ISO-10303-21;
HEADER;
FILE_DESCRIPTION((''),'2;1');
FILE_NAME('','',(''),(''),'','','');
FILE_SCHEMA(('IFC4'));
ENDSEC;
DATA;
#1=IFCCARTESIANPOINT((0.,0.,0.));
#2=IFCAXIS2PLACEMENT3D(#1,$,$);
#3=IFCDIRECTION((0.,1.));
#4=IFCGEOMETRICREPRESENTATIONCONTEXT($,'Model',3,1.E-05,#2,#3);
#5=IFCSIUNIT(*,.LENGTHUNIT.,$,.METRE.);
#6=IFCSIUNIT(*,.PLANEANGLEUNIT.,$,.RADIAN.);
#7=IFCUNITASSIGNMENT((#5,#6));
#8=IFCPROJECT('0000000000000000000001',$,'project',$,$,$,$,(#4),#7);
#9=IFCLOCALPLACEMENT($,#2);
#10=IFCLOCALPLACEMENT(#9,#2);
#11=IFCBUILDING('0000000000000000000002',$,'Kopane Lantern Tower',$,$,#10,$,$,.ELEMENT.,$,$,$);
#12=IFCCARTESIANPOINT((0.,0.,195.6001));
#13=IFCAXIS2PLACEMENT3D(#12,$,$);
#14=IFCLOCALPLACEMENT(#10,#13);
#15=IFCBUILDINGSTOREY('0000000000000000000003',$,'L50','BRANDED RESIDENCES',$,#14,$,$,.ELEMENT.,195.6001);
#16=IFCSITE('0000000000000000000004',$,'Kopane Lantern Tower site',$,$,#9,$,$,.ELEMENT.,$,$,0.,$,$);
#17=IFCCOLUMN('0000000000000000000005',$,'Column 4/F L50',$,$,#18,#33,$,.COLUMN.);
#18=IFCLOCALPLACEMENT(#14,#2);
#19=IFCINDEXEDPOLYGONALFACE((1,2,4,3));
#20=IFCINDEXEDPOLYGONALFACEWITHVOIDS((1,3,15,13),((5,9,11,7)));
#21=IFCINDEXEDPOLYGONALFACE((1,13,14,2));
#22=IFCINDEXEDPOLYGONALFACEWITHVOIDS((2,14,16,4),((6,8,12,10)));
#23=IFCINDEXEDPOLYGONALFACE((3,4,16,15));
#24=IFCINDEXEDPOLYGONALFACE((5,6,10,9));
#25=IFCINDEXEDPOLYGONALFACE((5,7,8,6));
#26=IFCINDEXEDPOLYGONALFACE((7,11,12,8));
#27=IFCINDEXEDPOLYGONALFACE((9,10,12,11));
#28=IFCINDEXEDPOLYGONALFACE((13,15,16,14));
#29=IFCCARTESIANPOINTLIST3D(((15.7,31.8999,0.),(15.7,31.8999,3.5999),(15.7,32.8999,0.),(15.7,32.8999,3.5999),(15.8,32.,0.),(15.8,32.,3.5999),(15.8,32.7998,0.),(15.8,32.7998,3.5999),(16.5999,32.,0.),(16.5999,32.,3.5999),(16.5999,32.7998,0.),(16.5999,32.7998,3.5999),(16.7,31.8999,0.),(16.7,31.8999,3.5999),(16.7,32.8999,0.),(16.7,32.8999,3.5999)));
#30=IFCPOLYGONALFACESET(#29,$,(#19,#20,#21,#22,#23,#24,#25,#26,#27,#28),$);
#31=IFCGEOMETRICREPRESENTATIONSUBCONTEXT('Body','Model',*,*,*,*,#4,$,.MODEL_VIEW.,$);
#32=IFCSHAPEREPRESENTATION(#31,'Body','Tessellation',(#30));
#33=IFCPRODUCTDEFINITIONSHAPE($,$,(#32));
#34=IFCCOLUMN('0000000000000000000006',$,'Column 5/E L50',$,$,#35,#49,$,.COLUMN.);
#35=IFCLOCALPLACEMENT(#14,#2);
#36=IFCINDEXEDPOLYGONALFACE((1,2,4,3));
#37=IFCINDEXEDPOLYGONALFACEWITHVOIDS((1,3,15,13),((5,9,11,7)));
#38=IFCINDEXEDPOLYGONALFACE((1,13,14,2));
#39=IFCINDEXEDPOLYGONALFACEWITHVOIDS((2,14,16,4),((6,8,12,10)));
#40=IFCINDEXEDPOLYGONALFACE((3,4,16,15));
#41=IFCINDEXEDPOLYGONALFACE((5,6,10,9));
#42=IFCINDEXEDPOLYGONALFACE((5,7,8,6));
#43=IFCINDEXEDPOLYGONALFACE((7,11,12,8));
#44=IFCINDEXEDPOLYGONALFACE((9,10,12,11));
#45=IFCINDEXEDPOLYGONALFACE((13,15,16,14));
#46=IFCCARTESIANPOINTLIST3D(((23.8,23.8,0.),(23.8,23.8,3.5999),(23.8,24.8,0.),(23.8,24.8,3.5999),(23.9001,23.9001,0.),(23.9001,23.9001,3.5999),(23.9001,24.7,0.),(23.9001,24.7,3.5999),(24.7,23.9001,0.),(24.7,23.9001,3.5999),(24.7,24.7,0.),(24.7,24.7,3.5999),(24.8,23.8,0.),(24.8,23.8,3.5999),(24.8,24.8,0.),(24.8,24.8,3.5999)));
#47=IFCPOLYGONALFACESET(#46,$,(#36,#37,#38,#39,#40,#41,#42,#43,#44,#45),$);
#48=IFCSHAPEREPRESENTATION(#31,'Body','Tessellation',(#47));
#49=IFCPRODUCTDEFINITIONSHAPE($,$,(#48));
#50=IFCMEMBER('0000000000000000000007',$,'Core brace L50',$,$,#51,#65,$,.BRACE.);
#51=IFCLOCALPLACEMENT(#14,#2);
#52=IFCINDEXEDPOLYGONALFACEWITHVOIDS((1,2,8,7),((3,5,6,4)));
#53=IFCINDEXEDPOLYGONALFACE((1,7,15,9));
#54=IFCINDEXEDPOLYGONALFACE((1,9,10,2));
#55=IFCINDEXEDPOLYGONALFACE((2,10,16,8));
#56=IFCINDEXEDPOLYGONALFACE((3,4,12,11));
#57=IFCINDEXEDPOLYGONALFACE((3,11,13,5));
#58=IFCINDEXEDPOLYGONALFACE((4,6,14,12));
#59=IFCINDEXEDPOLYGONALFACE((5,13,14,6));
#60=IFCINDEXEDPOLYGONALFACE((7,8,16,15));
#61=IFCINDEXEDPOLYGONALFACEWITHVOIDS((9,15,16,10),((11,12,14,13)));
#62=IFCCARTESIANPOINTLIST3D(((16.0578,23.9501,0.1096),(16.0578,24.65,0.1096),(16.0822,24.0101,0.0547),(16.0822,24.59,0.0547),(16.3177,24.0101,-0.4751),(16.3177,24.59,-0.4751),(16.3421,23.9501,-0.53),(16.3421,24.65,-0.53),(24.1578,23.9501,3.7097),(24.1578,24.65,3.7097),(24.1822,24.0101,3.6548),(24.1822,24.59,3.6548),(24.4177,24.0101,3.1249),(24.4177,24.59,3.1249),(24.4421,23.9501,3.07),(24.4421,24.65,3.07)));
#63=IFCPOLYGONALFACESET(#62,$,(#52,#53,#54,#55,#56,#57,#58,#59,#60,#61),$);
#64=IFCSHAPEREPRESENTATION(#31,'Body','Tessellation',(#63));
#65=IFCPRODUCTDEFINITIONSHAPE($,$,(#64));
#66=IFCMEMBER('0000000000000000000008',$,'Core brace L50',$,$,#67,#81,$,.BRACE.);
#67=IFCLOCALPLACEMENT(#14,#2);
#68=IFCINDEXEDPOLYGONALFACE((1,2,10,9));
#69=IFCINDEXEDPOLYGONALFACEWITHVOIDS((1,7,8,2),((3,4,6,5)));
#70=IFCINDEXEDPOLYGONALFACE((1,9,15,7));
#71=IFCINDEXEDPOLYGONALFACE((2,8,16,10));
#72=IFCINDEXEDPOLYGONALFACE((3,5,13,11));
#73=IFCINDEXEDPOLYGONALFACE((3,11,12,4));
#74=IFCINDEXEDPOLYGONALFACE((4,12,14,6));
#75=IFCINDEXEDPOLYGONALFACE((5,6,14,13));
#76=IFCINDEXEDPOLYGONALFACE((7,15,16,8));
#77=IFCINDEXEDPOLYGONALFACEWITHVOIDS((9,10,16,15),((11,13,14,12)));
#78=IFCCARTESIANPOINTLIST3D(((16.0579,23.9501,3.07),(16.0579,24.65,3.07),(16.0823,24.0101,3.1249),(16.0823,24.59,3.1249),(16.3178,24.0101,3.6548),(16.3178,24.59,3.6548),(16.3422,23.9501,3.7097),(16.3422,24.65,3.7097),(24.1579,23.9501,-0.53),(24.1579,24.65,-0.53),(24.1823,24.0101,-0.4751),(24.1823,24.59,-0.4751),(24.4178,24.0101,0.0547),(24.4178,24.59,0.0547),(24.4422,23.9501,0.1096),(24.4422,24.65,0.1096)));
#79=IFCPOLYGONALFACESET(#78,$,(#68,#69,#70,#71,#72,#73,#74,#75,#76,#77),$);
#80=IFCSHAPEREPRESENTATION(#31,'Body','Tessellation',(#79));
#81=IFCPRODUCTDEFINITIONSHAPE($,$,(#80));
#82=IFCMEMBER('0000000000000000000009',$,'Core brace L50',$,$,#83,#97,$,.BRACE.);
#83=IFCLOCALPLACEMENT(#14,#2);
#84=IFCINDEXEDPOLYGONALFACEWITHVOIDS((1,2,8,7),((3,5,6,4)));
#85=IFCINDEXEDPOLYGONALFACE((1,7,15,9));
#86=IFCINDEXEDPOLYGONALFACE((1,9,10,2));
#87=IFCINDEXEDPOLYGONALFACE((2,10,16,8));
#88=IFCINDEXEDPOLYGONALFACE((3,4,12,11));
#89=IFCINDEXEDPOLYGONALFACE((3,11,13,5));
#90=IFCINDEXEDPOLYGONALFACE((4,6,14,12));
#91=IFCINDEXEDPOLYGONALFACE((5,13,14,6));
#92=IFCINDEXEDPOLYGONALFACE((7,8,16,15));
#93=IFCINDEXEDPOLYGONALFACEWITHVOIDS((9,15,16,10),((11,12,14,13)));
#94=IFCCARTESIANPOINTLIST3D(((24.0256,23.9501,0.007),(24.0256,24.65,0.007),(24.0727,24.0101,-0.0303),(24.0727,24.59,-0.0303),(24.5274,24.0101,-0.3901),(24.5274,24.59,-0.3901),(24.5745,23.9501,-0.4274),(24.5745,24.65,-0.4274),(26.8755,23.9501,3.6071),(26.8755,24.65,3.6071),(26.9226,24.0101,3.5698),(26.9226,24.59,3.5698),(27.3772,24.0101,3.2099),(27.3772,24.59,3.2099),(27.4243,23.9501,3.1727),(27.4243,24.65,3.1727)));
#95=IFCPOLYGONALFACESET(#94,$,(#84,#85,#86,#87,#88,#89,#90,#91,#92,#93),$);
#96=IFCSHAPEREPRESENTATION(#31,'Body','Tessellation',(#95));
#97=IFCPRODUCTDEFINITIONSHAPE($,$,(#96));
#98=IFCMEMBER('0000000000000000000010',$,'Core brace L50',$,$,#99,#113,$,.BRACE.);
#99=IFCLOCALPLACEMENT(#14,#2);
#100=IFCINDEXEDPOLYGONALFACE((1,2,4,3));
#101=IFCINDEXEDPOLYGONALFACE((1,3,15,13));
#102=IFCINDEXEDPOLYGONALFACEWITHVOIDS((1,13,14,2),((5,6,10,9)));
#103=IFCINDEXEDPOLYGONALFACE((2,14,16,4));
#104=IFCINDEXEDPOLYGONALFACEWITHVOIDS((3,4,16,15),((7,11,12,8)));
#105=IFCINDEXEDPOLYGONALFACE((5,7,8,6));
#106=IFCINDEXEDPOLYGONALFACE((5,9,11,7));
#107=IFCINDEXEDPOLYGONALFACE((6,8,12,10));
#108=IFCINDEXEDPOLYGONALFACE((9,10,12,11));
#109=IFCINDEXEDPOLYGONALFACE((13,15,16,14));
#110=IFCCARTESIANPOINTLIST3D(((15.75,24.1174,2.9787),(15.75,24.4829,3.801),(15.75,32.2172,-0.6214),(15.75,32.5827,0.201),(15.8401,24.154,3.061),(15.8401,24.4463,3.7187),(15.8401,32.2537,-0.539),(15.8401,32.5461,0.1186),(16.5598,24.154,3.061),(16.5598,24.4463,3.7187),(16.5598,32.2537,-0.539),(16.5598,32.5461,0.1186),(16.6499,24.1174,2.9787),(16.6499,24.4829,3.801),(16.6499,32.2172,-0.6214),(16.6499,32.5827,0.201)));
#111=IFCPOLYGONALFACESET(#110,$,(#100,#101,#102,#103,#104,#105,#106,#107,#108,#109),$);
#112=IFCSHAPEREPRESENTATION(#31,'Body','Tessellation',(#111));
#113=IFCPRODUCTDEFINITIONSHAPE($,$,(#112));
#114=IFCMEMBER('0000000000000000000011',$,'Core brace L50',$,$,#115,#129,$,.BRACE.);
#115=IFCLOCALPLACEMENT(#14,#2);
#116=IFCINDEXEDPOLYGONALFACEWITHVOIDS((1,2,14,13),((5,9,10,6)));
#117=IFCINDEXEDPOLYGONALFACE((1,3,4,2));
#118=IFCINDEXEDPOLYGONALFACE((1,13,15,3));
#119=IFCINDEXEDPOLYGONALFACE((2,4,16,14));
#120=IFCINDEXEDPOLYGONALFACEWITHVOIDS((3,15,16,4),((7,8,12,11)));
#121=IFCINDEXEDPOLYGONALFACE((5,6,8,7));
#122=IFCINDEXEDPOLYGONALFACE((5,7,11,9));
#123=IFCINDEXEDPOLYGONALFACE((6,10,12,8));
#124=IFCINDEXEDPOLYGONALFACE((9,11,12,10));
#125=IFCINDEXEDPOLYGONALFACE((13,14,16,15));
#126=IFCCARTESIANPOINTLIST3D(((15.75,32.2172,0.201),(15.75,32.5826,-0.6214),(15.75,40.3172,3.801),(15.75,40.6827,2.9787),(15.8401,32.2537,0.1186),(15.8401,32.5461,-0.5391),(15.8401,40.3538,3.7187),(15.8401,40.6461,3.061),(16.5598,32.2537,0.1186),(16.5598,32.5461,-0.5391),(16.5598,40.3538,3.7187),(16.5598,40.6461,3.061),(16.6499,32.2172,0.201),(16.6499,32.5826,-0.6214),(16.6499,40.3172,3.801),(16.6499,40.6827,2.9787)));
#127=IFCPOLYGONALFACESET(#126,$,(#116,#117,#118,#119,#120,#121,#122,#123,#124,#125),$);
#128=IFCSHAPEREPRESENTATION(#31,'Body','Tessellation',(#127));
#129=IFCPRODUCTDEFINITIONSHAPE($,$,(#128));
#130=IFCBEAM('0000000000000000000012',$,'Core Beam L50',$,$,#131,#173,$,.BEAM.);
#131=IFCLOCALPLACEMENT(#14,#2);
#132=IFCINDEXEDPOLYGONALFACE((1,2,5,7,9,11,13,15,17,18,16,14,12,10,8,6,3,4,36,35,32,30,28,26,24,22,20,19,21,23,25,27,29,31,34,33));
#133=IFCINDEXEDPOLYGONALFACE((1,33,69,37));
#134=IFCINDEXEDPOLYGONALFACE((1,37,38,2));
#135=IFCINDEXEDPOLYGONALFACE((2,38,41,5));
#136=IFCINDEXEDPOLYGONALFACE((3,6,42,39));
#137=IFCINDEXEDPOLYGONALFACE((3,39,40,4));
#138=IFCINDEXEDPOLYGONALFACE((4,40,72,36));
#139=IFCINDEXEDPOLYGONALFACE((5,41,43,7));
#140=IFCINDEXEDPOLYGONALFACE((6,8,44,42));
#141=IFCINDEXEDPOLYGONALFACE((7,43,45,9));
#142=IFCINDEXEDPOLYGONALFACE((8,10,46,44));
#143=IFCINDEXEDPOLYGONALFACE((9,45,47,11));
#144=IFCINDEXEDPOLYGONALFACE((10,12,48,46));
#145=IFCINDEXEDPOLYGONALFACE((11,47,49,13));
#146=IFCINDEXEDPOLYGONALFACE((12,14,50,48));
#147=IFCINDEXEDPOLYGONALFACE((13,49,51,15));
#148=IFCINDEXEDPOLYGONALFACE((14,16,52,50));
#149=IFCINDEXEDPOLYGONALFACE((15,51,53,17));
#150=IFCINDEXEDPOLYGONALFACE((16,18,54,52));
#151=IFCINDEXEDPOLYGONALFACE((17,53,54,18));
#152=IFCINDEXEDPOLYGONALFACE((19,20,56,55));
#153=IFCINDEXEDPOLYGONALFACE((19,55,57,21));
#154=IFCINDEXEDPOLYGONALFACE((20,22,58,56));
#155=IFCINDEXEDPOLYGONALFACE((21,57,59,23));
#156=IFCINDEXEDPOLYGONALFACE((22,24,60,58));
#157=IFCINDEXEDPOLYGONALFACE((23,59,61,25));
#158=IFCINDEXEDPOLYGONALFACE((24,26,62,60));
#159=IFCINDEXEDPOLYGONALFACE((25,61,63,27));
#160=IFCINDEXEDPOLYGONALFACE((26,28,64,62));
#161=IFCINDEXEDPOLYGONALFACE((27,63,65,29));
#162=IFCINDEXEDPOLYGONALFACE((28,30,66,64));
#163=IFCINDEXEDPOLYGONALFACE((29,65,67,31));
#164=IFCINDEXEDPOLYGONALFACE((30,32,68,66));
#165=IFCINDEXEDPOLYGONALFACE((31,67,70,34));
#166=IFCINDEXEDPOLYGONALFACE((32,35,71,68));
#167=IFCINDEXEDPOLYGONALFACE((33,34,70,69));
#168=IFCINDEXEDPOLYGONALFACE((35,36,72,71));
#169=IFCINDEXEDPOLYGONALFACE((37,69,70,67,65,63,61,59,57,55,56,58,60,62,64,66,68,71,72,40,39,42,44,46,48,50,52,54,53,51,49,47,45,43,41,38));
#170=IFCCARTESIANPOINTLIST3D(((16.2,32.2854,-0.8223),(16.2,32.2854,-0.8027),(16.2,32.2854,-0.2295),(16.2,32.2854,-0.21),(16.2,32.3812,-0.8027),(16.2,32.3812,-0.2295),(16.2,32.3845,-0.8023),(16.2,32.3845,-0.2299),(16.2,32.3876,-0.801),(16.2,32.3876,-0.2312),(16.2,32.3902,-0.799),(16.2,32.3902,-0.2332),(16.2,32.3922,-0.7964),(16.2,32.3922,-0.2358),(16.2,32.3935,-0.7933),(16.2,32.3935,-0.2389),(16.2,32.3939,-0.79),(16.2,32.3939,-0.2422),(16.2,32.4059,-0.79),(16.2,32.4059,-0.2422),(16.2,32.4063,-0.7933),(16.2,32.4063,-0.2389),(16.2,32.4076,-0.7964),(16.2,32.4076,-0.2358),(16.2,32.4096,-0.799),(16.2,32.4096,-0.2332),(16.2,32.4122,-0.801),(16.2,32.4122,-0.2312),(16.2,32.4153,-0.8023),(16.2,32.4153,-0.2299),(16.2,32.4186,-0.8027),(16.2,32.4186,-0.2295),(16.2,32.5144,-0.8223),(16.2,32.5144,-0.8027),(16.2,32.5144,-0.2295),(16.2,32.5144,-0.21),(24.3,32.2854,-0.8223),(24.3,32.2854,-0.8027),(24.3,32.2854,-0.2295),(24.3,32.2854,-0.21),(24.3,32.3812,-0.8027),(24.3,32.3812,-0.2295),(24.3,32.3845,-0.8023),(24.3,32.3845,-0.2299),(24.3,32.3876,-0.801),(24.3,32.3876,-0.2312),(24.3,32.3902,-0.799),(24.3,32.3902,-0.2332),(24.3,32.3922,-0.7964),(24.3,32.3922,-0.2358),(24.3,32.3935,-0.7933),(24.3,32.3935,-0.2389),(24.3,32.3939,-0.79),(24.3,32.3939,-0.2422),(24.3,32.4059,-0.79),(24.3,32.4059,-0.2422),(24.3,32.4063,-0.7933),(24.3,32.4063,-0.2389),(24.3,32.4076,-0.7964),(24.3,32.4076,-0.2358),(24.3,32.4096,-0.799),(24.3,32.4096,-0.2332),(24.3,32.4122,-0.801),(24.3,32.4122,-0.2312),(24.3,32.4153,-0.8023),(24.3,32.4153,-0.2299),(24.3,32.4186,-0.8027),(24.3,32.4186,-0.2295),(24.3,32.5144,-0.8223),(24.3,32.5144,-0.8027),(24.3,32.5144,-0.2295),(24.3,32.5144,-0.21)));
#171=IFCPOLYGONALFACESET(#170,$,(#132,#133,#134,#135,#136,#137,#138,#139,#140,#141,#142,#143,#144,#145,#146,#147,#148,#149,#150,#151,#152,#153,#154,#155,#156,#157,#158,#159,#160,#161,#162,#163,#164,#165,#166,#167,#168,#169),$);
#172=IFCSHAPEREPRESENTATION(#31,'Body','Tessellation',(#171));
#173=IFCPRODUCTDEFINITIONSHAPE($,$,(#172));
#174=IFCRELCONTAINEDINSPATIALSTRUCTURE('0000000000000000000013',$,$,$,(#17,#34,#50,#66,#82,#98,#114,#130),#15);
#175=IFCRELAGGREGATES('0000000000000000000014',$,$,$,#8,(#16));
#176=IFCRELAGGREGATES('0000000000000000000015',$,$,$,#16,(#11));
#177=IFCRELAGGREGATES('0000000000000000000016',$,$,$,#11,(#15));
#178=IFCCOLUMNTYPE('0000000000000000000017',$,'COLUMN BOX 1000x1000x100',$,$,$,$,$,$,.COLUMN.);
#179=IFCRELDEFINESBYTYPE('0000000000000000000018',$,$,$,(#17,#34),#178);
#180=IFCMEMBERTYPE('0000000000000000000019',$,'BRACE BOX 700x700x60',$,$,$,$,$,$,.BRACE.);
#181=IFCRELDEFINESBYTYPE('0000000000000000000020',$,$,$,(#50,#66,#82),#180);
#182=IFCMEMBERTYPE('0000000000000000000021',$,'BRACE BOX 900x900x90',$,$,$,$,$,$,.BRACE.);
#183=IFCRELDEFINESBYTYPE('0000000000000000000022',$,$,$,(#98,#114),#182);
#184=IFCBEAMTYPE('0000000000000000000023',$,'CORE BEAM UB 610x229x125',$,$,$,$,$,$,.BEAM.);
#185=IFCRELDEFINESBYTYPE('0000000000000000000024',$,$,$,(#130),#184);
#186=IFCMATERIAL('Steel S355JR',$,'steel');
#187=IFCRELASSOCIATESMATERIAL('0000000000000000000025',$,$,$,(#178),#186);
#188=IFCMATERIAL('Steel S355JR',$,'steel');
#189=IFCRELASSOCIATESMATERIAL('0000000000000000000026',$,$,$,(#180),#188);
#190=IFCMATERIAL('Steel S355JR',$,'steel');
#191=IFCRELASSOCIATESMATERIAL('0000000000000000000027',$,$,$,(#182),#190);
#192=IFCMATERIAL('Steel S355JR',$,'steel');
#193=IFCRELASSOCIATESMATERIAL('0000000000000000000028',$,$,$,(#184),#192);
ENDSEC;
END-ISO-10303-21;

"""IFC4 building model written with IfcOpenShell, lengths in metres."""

from ifc_helpers import new_model, si_unit, direction, frame, origin, origin_2d, place, context, subcontext, project, spatial, hollow_rectangle, i_section, extrude, material, material_profile, profile_set, type_object, element, save


model = new_model("IFC4")

# Units and contexts
model_context = context("Model", 3, precision=1e-05, world=origin(), true_north=direction((0.0, 1.0)))
body_context = subcontext(model_context, "Body", "Model", "MODEL_VIEW")
ifc_project = project(units=[si_unit("LENGTHUNIT", "METRE"), si_unit("PLANEANGLEUNIT", "RADIAN")], contexts=[model_context])

# Site, building, storey
site_placement = place(None, origin())
site = spatial("IfcSite", under=ifc_project, at=site_placement, Name="Kopane Lantern Tower site", CompositionType="ELEMENT", RefElevation=0.0)
building_placement = place(site_placement, origin())
building = spatial("IfcBuilding", under=site, at=building_placement, Name="Kopane Lantern Tower", CompositionType="ELEMENT")
storey_placement = place(building_placement, frame((0.0, 0.0, 195.6001)))
storey = spatial("IfcBuildingStorey", under=building, at=storey_placement, Name="L50", Description="BRANDED RESIDENCES", CompositionType="ELEMENT", Elevation=195.6001)

# Columns
ifc_material_1 = material(Name="Steel S355JR", Category="steel")
ifc_material_profile_1 = material_profile(ifc_material_1, hollow_rectangle(XDim=1.0, YDim=1.0, WallThickness=0.1001, at=origin_2d()), Name="BOX 1000x1000x100")
ifc_profile_set_1 = profile_set([ifc_material_profile_1], Name="Steel S355JR")
column_type = type_object("IfcColumnType", Name="COLUMN BOX 1000x1000x100", PredefinedType="COLUMN", material=ifc_profile_set_1)
for number, where, z_axis, x_axis, name in (
    (1, (16.2, 32.3999, 0.0), (0.0, 0.0, 1.0), (1.0, 0.0, 0.0), "Column 4/F L50"),
    (2, (24.3, 24.3, 0.0), (0.0, 0.0, 1.0), (1.0, 0.0, 0.0), "Column 5/E L50"),
):
    element("IfcColumn", number, at=place(storey_placement, frame(where, z_axis=z_axis, x_axis=x_axis)), inside=storey, type_object=column_type, Name=name, PredefinedType="COLUMN", context=body_context, shape_type="SweptSolid", body=[
        extrude(hollow_rectangle(XDim=1.0, YDim=1.0, WallThickness=0.1001, at=origin_2d()), origin(), (0.0, 0.0, 1.0), 3.5999),
    ])

# Members
ifc_material_2 = material(Name="Steel S355JR", Category="steel")
ifc_material_profile_2 = material_profile(ifc_material_2, hollow_rectangle(XDim=0.7, YDim=0.7, WallThickness=0.0601, at=origin_2d()), Name="BOX 700x700x60")
ifc_profile_set_2 = profile_set([ifc_material_profile_2], Name="Steel S355JR")
member_type_1 = type_object("IfcMemberType", Name="BRACE BOX 700x700x60", PredefinedType="BRACE", material=ifc_profile_set_2)
for number, where, z_axis, x_axis, name in (
    (3, (16.2, 24.3, -0.2102), (0.913809, 0.0, 0.406144), (0.0, 1.0, 0.0), "Core brace L50"),
    (4, (24.3, 24.3, -0.2102), (-0.913809, 0.0, 0.406144), (0.0, -1.0, 0.0), "Core brace L50"),
):
    element("IfcMember", number, at=place(storey_placement, frame(where, z_axis=z_axis, x_axis=x_axis)), inside=storey, type_object=member_type_1, Name=name, PredefinedType="BRACE", context=body_context, shape_type="SweptSolid", body=[
        extrude(hollow_rectangle(XDim=0.7, YDim=0.7, WallThickness=0.0601, at=origin_2d()), origin(), (0.0, 0.0, 1.0), 8.864),
    ])
member_1_placement = place(storey_placement, frame((24.3, 24.3, -0.2102), z_axis=(0.620673, 0.0, 0.78407), x_axis=(0.0, 1.0, 0.0)))
element("IfcMember", 5, at=member_1_placement, inside=storey, type_object=member_type_1, Name="Core brace L50", PredefinedType="BRACE", context=body_context, shape_type="SweptSolid", body=[
    extrude(hollow_rectangle(XDim=0.7, YDim=0.7, WallThickness=0.0601, at=origin_2d()), origin(), (0.0, 0.0, 1.0), 4.5916),
])
ifc_material_3 = material(Name="Steel S355JR", Category="steel")
ifc_material_profile_3 = material_profile(ifc_material_3, hollow_rectangle(XDim=0.8999, YDim=0.8999, WallThickness=0.0901, at=origin_2d()), Name="BOX 900x900x90")
ifc_profile_set_3 = profile_set([ifc_material_profile_3], Name="Steel S355JR")
member_type_2 = type_object("IfcMemberType", Name="BRACE BOX 900x900x90", PredefinedType="BRACE", material=ifc_profile_set_3)
member_2_placement = place(storey_placement, frame((16.2, 32.3999, -0.2102), z_axis=(0.0, -0.913805, 0.406154), x_axis=(1.0, 0.0, 0.0)))
element("IfcMember", 6, at=member_2_placement, inside=storey, type_object=member_type_2, Name="Core brace L50", PredefinedType="BRACE", context=body_context, shape_type="SweptSolid", body=[
    extrude(hollow_rectangle(XDim=0.8999, YDim=0.8999, WallThickness=0.0901, at=origin_2d()), origin(), (0.0, 0.0, 1.0), 8.8638),
])
member_3_placement = place(storey_placement, frame((16.2, 32.3999, -0.2102), z_axis=(0.0, 0.913809, 0.406144), x_axis=(-1.0, 0.0, 0.0)))
element("IfcMember", 7, at=member_3_placement, inside=storey, type_object=member_type_2, Name="Core brace L50", PredefinedType="BRACE", context=body_context, shape_type="SweptSolid", body=[
    extrude(hollow_rectangle(XDim=0.8999, YDim=0.8999, WallThickness=0.0901, at=origin_2d()), origin(), (0.0, 0.0, 1.0), 8.864),
])

# Beam
ifc_material_4 = material(Name="Steel S355JR", Category="steel")
ifc_material_profile_4 = material_profile(ifc_material_4, i_section(OverallWidth=0.229, OverallDepth=0.6123, WebThickness=0.012, FlangeThickness=0.0195, FilletRadius=0.0127, at=origin_2d()), Name="UB 610x229x125")
ifc_profile_set_4 = profile_set([ifc_material_profile_4], Name="Steel S355JR")
beam_type_1 = type_object("IfcBeamType", Name="CORE BEAM UB 610x229x125", PredefinedType="BEAM", material=ifc_profile_set_4)
beam_1_placement = place(storey_placement, frame((16.2, 32.3999, -0.5161), z_axis=(1.0, 0.0, 0.0), x_axis=(0.0, 1.0, 0.0)))
element("IfcBeam", 8, at=beam_1_placement, inside=storey, type_object=beam_type_1, Name="Core Beam L50", PredefinedType="BEAM", context=body_context, shape_type="SweptSolid", body=[
    extrude(i_section(OverallWidth=0.229, OverallDepth=0.6123, WebThickness=0.012, FlangeThickness=0.0195, FilletRadius=0.0127, at=origin_2d()), origin(), (0.0, 0.0, 1.0), 8.1001),
])

save(model, "model.ifc")
